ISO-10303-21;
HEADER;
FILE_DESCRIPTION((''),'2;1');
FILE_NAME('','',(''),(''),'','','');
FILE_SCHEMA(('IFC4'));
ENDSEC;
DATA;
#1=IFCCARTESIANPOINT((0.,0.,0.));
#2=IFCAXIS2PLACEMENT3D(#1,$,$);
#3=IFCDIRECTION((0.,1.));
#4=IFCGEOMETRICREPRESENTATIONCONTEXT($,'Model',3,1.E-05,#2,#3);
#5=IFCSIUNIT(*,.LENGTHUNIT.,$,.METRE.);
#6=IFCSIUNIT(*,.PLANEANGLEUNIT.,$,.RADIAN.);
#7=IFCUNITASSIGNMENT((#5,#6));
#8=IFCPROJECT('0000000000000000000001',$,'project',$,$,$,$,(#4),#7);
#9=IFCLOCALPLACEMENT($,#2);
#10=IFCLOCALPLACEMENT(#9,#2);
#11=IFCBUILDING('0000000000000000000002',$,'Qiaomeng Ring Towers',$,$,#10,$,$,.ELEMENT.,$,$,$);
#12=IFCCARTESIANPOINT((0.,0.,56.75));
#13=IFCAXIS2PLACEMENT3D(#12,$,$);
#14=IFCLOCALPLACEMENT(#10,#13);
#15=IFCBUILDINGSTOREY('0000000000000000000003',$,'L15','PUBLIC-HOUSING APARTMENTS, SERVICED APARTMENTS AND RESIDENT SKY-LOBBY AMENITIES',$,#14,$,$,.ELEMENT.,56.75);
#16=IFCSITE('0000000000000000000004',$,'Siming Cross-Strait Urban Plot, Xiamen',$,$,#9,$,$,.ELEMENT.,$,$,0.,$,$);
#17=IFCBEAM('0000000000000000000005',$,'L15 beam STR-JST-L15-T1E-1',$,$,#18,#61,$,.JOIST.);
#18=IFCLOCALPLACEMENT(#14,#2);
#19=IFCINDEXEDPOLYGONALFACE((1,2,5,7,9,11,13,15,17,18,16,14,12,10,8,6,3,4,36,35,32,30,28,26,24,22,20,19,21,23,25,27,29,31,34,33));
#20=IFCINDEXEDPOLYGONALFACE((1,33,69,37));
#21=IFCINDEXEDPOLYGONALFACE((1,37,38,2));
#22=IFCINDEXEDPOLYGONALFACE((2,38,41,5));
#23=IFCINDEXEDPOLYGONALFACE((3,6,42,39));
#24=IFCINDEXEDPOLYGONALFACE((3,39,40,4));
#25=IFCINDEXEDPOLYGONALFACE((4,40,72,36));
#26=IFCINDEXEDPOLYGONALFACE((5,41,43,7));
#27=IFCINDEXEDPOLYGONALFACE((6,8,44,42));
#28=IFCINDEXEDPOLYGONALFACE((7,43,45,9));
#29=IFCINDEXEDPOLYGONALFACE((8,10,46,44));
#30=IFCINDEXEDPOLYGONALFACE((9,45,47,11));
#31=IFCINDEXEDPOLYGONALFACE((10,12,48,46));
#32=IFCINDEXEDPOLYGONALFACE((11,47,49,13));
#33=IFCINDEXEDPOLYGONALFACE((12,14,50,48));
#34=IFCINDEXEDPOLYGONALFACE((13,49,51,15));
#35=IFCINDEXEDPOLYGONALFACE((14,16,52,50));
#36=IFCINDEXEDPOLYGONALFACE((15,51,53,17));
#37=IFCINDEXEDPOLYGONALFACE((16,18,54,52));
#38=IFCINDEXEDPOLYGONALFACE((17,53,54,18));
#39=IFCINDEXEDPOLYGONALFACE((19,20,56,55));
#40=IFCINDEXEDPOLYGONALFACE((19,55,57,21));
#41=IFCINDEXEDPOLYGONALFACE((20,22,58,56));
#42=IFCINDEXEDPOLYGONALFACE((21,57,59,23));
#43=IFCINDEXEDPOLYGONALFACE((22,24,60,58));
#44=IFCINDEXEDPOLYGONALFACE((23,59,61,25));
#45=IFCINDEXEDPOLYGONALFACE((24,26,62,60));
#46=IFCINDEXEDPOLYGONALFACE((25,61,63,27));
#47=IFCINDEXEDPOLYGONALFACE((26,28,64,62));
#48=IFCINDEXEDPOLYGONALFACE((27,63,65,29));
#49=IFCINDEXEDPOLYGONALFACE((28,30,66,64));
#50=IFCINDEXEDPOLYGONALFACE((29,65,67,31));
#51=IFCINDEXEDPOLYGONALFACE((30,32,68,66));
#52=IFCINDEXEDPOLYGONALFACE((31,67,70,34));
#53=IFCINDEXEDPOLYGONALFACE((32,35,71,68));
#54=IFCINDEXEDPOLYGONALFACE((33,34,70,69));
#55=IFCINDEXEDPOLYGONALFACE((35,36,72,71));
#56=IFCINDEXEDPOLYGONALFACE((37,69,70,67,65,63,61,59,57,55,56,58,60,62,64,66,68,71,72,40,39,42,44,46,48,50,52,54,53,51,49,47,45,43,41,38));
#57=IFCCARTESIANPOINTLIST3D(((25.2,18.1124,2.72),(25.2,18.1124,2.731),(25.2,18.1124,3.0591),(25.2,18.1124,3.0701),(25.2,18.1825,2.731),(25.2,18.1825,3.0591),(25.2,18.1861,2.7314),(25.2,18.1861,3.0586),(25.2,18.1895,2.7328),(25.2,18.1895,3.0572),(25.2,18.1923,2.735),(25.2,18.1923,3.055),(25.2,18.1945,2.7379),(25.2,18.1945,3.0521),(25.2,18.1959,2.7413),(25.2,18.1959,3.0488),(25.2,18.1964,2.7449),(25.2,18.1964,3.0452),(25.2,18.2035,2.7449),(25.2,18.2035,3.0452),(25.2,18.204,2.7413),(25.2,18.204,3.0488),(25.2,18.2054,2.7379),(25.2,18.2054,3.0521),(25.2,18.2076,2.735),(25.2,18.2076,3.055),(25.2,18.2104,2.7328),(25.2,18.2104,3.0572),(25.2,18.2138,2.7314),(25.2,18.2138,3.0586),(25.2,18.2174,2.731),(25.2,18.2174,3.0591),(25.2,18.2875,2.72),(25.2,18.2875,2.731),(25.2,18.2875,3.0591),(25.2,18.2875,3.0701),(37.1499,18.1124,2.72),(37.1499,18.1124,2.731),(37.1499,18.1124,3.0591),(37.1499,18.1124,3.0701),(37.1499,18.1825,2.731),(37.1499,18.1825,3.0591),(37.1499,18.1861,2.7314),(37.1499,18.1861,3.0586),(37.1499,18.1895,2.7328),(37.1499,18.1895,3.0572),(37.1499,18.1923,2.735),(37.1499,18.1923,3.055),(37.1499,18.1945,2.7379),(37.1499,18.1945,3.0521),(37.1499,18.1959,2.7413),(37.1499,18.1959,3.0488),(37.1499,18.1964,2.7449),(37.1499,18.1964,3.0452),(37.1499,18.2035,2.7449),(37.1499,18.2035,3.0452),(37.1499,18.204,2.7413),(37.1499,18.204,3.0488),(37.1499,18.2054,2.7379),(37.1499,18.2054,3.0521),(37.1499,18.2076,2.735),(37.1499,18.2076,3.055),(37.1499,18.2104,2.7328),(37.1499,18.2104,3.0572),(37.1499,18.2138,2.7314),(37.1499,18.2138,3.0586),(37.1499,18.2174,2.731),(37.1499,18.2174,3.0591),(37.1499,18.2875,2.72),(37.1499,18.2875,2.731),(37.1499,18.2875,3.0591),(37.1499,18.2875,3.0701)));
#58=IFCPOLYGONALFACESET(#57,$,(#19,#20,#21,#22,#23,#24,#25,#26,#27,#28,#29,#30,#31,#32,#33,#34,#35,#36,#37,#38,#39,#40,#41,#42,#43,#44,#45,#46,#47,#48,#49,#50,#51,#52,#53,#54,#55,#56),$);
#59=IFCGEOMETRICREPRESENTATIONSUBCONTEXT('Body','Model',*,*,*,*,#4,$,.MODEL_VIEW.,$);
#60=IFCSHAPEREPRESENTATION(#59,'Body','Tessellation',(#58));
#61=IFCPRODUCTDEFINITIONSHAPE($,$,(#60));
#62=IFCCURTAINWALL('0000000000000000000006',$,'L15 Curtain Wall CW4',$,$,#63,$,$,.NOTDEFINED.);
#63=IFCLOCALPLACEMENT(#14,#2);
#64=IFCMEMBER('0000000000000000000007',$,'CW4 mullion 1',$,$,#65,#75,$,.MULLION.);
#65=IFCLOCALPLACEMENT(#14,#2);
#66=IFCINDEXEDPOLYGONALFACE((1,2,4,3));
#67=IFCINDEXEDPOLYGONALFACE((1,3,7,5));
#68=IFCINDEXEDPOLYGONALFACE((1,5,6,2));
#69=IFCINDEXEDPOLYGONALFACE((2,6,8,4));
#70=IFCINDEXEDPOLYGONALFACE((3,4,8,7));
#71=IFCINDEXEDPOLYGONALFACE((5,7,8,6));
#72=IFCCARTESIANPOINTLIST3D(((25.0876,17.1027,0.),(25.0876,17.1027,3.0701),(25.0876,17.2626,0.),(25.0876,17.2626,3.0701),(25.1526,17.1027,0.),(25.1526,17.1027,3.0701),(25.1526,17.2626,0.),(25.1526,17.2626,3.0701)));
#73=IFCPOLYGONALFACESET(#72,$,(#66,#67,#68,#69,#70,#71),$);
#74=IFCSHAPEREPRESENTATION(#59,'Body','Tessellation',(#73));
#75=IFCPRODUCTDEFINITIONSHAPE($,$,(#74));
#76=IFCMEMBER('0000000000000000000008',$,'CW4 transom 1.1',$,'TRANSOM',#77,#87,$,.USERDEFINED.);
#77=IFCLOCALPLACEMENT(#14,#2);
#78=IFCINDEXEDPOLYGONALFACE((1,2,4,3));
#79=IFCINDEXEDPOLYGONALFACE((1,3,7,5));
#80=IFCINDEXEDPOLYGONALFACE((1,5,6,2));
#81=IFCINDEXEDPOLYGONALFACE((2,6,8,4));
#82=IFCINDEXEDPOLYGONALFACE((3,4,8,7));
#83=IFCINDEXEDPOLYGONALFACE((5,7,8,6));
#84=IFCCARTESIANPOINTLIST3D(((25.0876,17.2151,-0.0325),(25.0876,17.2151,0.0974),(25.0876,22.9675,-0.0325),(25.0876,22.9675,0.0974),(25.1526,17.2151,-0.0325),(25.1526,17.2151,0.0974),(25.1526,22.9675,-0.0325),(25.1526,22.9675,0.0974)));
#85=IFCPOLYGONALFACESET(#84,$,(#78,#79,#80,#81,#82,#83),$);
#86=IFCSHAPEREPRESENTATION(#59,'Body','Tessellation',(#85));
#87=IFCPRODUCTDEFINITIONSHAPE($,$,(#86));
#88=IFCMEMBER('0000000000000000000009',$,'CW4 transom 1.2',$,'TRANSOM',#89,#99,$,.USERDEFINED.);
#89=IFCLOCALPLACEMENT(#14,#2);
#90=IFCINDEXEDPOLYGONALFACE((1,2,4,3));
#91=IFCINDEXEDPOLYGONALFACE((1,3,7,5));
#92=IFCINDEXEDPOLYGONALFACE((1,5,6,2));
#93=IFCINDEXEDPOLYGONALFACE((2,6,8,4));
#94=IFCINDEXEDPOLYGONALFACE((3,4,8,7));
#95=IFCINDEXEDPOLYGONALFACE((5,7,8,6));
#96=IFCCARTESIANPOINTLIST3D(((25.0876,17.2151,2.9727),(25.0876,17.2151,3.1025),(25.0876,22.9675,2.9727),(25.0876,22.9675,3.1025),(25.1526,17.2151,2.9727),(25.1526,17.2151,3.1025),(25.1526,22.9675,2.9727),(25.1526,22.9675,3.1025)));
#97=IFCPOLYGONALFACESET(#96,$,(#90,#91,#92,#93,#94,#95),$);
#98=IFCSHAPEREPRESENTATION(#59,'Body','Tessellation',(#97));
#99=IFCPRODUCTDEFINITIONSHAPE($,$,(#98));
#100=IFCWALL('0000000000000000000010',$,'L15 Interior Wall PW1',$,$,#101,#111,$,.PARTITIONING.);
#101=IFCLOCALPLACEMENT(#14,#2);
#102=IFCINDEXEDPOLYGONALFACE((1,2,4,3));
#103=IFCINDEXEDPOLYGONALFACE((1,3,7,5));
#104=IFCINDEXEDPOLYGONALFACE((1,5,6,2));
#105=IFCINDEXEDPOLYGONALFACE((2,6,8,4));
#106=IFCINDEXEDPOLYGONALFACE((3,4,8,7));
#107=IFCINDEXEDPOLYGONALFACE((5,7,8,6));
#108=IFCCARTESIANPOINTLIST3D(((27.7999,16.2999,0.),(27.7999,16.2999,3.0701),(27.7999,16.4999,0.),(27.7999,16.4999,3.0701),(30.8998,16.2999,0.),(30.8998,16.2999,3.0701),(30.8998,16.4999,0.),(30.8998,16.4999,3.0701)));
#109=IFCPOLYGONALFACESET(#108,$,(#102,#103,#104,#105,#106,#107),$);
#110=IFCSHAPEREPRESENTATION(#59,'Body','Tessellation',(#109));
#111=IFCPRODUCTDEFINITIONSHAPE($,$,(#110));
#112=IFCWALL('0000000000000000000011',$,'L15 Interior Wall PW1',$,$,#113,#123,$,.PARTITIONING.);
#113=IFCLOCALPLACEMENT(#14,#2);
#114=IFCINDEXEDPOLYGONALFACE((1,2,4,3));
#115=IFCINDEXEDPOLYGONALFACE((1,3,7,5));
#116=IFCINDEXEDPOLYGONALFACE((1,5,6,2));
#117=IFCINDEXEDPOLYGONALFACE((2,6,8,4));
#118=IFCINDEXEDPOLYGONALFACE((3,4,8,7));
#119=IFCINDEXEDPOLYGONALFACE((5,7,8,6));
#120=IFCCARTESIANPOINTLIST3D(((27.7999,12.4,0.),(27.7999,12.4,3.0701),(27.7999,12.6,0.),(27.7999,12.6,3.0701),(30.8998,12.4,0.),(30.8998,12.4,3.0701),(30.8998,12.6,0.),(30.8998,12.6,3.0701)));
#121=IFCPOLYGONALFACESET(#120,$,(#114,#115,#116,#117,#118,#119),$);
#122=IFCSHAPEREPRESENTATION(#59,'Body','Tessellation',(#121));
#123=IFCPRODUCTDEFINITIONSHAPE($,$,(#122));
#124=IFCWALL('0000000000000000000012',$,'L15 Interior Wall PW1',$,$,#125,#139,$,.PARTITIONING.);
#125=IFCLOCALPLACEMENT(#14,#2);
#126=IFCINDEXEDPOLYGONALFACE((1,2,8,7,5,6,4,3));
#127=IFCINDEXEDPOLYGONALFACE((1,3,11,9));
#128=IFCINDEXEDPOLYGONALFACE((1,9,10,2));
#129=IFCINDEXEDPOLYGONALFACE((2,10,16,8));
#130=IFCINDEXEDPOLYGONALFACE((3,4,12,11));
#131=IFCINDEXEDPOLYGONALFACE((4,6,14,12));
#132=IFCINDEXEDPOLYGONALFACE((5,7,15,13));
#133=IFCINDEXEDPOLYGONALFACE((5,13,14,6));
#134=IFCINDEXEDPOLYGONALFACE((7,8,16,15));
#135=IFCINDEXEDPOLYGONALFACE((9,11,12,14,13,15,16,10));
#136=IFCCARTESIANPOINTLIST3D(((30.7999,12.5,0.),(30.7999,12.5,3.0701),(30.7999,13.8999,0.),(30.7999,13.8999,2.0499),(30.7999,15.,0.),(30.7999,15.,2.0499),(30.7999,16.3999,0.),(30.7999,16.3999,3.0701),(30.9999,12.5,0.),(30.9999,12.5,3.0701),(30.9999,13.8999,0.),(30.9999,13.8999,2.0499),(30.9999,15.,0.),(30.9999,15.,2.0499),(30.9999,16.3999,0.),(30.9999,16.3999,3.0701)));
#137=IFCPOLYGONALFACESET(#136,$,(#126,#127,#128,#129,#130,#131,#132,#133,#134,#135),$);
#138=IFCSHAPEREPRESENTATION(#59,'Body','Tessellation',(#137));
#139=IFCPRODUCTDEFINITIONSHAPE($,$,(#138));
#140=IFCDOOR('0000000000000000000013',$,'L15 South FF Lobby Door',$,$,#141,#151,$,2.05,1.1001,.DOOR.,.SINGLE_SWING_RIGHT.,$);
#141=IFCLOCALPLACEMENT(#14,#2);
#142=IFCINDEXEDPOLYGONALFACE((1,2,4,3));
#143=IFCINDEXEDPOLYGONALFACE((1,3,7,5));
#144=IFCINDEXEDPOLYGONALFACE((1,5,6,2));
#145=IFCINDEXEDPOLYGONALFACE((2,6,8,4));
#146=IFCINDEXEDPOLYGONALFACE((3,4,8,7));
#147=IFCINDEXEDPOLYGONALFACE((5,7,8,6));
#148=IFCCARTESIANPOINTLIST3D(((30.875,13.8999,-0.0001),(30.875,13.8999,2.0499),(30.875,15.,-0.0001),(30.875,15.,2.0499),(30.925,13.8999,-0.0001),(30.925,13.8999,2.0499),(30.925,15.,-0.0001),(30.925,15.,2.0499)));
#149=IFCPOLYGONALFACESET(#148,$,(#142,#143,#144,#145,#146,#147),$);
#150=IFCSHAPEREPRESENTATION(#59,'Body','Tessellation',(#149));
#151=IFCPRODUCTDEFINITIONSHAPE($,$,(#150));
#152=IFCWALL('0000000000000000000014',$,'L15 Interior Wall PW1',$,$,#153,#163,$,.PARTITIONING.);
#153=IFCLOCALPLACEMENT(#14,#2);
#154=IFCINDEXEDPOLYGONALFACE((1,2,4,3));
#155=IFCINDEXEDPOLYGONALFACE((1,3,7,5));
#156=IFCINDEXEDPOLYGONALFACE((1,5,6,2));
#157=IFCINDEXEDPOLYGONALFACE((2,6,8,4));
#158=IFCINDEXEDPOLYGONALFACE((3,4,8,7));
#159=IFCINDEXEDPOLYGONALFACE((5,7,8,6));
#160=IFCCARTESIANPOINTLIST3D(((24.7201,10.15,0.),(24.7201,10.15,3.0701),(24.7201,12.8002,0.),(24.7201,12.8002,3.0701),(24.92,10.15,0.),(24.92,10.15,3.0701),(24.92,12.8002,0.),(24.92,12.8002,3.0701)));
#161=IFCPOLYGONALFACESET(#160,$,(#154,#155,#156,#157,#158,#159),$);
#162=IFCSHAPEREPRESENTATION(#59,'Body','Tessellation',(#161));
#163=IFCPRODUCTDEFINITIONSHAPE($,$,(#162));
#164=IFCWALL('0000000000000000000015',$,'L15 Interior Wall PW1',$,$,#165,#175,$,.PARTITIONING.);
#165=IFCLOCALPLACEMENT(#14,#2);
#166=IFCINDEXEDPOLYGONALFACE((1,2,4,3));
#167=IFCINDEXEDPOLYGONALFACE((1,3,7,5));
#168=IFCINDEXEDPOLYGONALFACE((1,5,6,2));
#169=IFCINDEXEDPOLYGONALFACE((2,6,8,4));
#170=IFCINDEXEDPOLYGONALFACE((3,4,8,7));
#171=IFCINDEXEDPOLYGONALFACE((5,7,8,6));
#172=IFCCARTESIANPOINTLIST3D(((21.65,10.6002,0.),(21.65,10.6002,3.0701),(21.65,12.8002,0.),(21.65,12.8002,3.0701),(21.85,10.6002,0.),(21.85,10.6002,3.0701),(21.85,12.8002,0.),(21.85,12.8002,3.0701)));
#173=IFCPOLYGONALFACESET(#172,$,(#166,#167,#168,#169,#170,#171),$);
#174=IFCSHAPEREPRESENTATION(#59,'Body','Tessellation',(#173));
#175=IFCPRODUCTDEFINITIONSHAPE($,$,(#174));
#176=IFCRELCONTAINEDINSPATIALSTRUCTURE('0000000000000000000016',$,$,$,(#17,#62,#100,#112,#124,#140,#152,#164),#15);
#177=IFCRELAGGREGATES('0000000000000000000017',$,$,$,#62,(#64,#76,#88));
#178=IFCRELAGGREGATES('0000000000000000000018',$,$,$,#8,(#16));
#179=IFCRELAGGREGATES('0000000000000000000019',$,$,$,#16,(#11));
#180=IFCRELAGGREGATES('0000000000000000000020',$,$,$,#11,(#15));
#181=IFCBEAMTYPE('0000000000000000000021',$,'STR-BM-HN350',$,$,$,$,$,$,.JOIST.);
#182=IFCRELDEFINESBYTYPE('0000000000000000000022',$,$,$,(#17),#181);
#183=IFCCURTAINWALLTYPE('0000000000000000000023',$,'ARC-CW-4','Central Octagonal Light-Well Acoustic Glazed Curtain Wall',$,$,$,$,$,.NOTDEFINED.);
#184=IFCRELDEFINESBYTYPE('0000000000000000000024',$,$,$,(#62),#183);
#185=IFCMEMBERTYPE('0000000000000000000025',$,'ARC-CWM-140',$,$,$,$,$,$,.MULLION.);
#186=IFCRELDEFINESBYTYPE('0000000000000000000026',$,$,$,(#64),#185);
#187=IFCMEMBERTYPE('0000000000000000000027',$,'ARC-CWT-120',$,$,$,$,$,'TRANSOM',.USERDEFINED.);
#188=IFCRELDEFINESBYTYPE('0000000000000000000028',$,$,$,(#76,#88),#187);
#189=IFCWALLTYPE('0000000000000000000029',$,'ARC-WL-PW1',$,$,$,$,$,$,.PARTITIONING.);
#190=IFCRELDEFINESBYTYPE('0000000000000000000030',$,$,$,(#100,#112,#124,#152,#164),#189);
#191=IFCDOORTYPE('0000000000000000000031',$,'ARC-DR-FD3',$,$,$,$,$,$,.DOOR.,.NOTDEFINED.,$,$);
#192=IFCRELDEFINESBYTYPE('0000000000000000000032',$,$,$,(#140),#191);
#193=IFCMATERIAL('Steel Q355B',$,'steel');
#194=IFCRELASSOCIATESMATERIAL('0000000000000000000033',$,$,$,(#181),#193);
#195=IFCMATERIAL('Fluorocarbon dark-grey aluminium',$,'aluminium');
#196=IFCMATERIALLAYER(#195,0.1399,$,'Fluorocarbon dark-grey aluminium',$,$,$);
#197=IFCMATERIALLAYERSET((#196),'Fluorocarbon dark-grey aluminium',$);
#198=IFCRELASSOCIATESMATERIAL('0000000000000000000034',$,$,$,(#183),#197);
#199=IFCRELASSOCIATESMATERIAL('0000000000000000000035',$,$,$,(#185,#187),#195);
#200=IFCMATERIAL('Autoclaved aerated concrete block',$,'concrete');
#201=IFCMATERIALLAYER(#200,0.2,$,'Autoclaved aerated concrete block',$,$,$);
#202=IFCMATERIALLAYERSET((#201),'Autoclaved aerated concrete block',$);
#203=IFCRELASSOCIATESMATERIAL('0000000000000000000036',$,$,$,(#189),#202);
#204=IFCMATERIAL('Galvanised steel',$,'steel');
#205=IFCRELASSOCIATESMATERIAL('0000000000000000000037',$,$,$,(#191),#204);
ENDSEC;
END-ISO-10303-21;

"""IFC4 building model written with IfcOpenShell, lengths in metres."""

from ifc_helpers import new_model, si_unit, direction, frame, frame_2d, origin, origin_2d, place, context, subcontext, project, spatial, rectangle, i_section, extrude, source, transform, mapped, material, layer, layer_set, material_profile, profile_set, type_object, element, fill, aggregate, save


model = new_model("IFC4")

# Units and contexts
model_context = context("Model", 3, precision=1e-05, world=origin(), true_north=direction((0.0, 1.0)))
body_context = subcontext(model_context, "Body", "Model", "MODEL_VIEW")
ifc_project = project(units=[si_unit("LENGTHUNIT", "METRE"), si_unit("PLANEANGLEUNIT", "RADIAN")], contexts=[model_context])

# Site, building, storey
site_placement = place(None, origin())
site = spatial("IfcSite", under=ifc_project, at=site_placement, Name="Siming Cross-Strait Urban Plot, Xiamen", CompositionType="ELEMENT", RefElevation=0.0)
building_placement = place(site_placement, origin())
building = spatial("IfcBuilding", under=site, at=building_placement, Name="Qiaomeng Ring Towers", CompositionType="ELEMENT")
storey_placement = place(building_placement, frame((0.0, 0.0, 56.75)))
storey = spatial("IfcBuildingStorey", under=building, at=storey_placement, Name="L15", Description="PUBLIC-HOUSING APARTMENTS, SERVICED APARTMENTS AND RESIDENT SKY-LOBBY AMENITIES", CompositionType="ELEMENT", Elevation=56.75)

# Beam
ifc_material_1 = material(Name="Steel Q355B", Category="steel")
ifc_material_profile_1 = material_profile(ifc_material_1, i_section(OverallWidth=0.175, OverallDepth=0.3501, WebThickness=0.0071, FlangeThickness=0.011, FilletRadius=0.0139, at=origin_2d()), Name="HN 350x175x7x11")
ifc_profile_set_1 = profile_set([ifc_material_profile_1], Name="Steel Q355B")
beam_type_1 = type_object("IfcBeamType", Name="STR-BM-HN350", PredefinedType="JOIST", material=ifc_profile_set_1)
shared_shape_1 = source(origin(), body_context, "Body", "SweptSolid", [
    extrude(i_section(OverallWidth=0.175, OverallDepth=0.3501, WebThickness=0.0071, FlangeThickness=0.011, FilletRadius=0.0139, at=origin_2d()), origin(), (0.0, 0.0, 1.0), 11.95),
])
beam_1_placement = place(storey_placement, frame((25.2, 18.2, 2.895), z_axis=(1.0, 0.0, 0.0), x_axis=(0.0, 1.0, 0.0)))
element("IfcBeam", 1, at=beam_1_placement, inside=storey, type_object=beam_type_1, Name="L15 beam STR-JST-L15-T1E-1", PredefinedType="JOIST", context=body_context, shape_type="MappedRepresentation", body=[
    mapped(shared_shape_1, transform((0.0, 0.0, 0.0), x_axis=(1.0, 0.0, 0.0), y_axis=(0.0, 1.0, 0.0), z_axis=(0.0, 0.0, 1.0), scale=1.0)),
])

# Curtain wall, members
ifc_material_2 = material(Name="Fluorocarbon dark-grey aluminium", Category="aluminium")
ifc_layer_1 = layer(ifc_material_2, 0.1399, Name="Fluorocarbon dark-grey aluminium")
ifc_layer_set_1 = layer_set([ifc_layer_1], Name="Fluorocarbon dark-grey aluminium")
curtain_wall_type = type_object("IfcCurtainWallType", Name="ARC-CW-4", Description="Central Octagonal Light-Well Acoustic Glazed Curtain Wall", PredefinedType="NOTDEFINED", material=ifc_layer_set_1)
curtain_wall_placement = place(storey_placement, origin())
curtain_wall = element("IfcCurtainWall", 2, at=curtain_wall_placement, inside=storey, type_object=curtain_wall_type, Name="L15 Curtain Wall CW4", PredefinedType="NOTDEFINED")
ifc_material_profile_2 = material_profile(ifc_material_2, rectangle(XDim=0.0649, YDim=0.1599, at=origin_2d()), Name="ALU MULL 65x160")
ifc_profile_set_2 = profile_set([ifc_material_profile_2], Name="Fluorocarbon dark-grey aluminium")
member_type_1 = type_object("IfcMemberType", Name="ARC-CWM-140", PredefinedType="MULLION", material=ifc_profile_set_2)
shared_shape_2 = source(origin(), body_context, "Body", "SweptSolid", [
    extrude(rectangle(XDim=0.0649, YDim=0.1599, at=origin_2d()), origin(), (0.0, 0.0, 1.0), 3.0701),
])
member_1_placement = place(storey_placement, frame((25.1201, 17.1826, 0.0), z_axis=(0.0, 0.0, 1.0), x_axis=(-1.0, 0.0, 0.0)))
member_1 = element("IfcMember", 3, at=member_1_placement, type_object=member_type_1, Name="CW4 mullion 1", PredefinedType="MULLION", context=body_context, shape_type="MappedRepresentation", body=[
    mapped(shared_shape_2, transform((0.0, 0.0, 0.0), x_axis=(1.0, 0.0, 0.0), y_axis=(0.0, 1.0, 0.0), z_axis=(0.0, 0.0, 1.0), scale=1.0)),
])
ifc_material_profile_3 = material_profile(ifc_material_2, rectangle(XDim=0.0649, YDim=0.1299, at=origin_2d()), Name="ALU TRAN 65x130")
ifc_profile_set_3 = profile_set([ifc_material_profile_3], Name="Fluorocarbon dark-grey aluminium")
member_type_2 = type_object("IfcMemberType", Name="ARC-CWT-120", ElementType="TRANSOM", PredefinedType="USERDEFINED", material=ifc_profile_set_3)
shared_shape_3 = source(origin(), body_context, "Body", "SweptSolid", [
    extrude(rectangle(XDim=0.0649, YDim=0.1299, at=origin_2d()), origin(), (0.0, 0.0, 1.0), 5.7524),
])
member_2_placement = place(storey_placement, frame((25.1201, 17.2151, 0.0325), z_axis=(0.0, 1.0, 0.0), x_axis=(-1.0, 0.0, 0.0)))
member_2 = element("IfcMember", 4, at=member_2_placement, type_object=member_type_2, Name="CW4 transom 1.1", ObjectType="TRANSOM", PredefinedType="USERDEFINED", context=body_context, shape_type="MappedRepresentation", body=[
    mapped(shared_shape_3, transform((0.0, 0.0, 0.0), x_axis=(1.0, 0.0, 0.0), y_axis=(0.0, 1.0, 0.0), z_axis=(0.0, 0.0, 1.0), scale=1.0)),
])
member_3_placement = place(storey_placement, frame((25.1201, 17.2151, 3.0376), z_axis=(0.0, 1.0, 0.0), x_axis=(-1.0, 0.0, 0.0)))
member_3 = element("IfcMember", 5, at=member_3_placement, type_object=member_type_2, Name="CW4 transom 1.2", ObjectType="TRANSOM", PredefinedType="USERDEFINED", context=body_context, shape_type="MappedRepresentation", body=[
    mapped(shared_shape_3, transform((0.0, 0.0, 0.0), x_axis=(1.0, 0.0, 0.0), y_axis=(0.0, 1.0, 0.0), z_axis=(0.0, 0.0, 1.0), scale=1.0)),
])
aggregate(curtain_wall, [member_1, member_2, member_3])

# Walls
ifc_material_3 = material(Name="Autoclaved aerated concrete block", Category="concrete")
ifc_layer_2 = layer(ifc_material_3, 0.2, Name="Autoclaved aerated concrete block")
ifc_layer_set_2 = layer_set([ifc_layer_2], Name="Autoclaved aerated concrete block")
wall_type_1 = type_object("IfcWallType", Name="ARC-WL-PW1", PredefinedType="PARTITIONING", material=ifc_layer_set_2)
for number, where, z_axis, x_axis, name in (
    (6, (27.8, 16.3999, 0.0), (0.0, 0.0, 1.0), (1.0, 0.0, 0.0), "L15 Interior Wall PW1"),
    (7, (27.8, 12.5, 0.0), (0.0, 0.0, 1.0), (1.0, 0.0, 0.0), "L15 Interior Wall PW1"),
):
    element("IfcWall", number, at=place(storey_placement, frame(where, z_axis=z_axis, x_axis=x_axis)), inside=storey, type_object=wall_type_1, Name=name, PredefinedType="PARTITIONING", context=body_context, shape_type="SweptSolid", body=[
        extrude(rectangle(XDim=3.0999, YDim=0.2, at=frame_2d((1.5498, 0.0))), origin(), (0.0, 0.0, 1.0), 3.0701),
    ])

# Wall, opening, door
wall_1_placement = place(storey_placement, frame((30.8999, 12.5, 0.0), z_axis=(0.0, 0.0, 1.0), x_axis=(0.0, 1.0, 0.0)))
wall_1 = element("IfcWall", 8, at=wall_1_placement, inside=storey, type_object=wall_type_1, Name="L15 Interior Wall PW1", PredefinedType="PARTITIONING", context=body_context, shape_type="SweptSolid", body=[
    extrude(rectangle(XDim=3.8999, YDim=0.2, at=frame_2d((1.95, 0.0))), origin(), (0.0, 0.0, 1.0), 3.0701),
])
opening_1_placement = place(wall_1_placement, frame((1.3999, 0.0, 0.0)))
opening_1 = element("IfcOpeningElement", 9, at=opening_1_placement, cuts=wall_1, PredefinedType="OPENING", context=body_context, shape_type="SweptSolid", body=[
    extrude(rectangle(XDim=1.1001, YDim=2.05, at=frame_2d((0.55, 1.0249))), frame((0.0, 0.1099, 0.0), z_axis=(0.0, -1.0, 0.0), x_axis=(1.0, 0.0, 0.0)), (0.0, 0.0, 1.0), 0.22),
])
ifc_material_4 = material(Name="Galvanised steel", Category="steel")
door_type_1 = type_object("IfcDoorType", Name="ARC-DR-FD3", OperationType="NOTDEFINED", PredefinedType="DOOR", material=ifc_material_4)
shared_shape_4 = source(origin(), body_context, "Body", "SweptSolid", [
    extrude(rectangle(XDim=1.1001, YDim=2.05, at=frame_2d((0.55, 1.0249))), frame((0.0, 0.0249, 0.0), z_axis=(0.0, -1.0, 0.0), x_axis=(1.0, 0.0, 0.0)), (0.0, 0.0, 1.0), 0.05),
])
door_1_placement = place(opening_1_placement, origin())
door_1 = element("IfcDoor", 10, at=door_1_placement, inside=storey, type_object=door_type_1, Name="L15 South FF Lobby Door", OperationType="SINGLE_SWING_RIGHT", OverallHeight=2.05, OverallWidth=1.1001, PredefinedType="DOOR", context=body_context, shape_type="MappedRepresentation", body=[
    mapped(shared_shape_4, transform((0.0, 0.0, 0.0), x_axis=(1.0, 0.0, 0.0), y_axis=(0.0, 1.0, 0.0), z_axis=(0.0, 0.0, 1.0), scale=1.0)),
])
fill(opening_1, door_1)

# Walls
wall_2_placement = place(storey_placement, frame((24.8201, 10.1499, 0.0), z_axis=(0.0, 0.0, 1.0), x_axis=(0.0, 1.0, 0.0)))
element("IfcWall", 11, at=wall_2_placement, inside=storey, type_object=wall_type_1, Name="L15 Interior Wall PW1", PredefinedType="PARTITIONING", context=body_context, shape_type="SweptSolid", body=[
    extrude(rectangle(XDim=2.6501, YDim=0.2, at=frame_2d((1.3252, 0.0))), origin(), (0.0, 0.0, 1.0), 3.0701),
])
wall_3_placement = place(storey_placement, frame((21.75, 10.6001, 0.0), z_axis=(0.0, 0.0, 1.0), x_axis=(0.0, 1.0, 0.0)))
element("IfcWall", 12, at=wall_3_placement, inside=storey, type_object=wall_type_1, Name="L15 Interior Wall PW1", PredefinedType="PARTITIONING", context=body_context, shape_type="SweptSolid", body=[
    extrude(rectangle(XDim=2.2, YDim=0.2, at=frame_2d((1.1001, 0.0))), origin(), (0.0, 0.0, 1.0), 3.0701),
])

save(model, "model.ifc")
